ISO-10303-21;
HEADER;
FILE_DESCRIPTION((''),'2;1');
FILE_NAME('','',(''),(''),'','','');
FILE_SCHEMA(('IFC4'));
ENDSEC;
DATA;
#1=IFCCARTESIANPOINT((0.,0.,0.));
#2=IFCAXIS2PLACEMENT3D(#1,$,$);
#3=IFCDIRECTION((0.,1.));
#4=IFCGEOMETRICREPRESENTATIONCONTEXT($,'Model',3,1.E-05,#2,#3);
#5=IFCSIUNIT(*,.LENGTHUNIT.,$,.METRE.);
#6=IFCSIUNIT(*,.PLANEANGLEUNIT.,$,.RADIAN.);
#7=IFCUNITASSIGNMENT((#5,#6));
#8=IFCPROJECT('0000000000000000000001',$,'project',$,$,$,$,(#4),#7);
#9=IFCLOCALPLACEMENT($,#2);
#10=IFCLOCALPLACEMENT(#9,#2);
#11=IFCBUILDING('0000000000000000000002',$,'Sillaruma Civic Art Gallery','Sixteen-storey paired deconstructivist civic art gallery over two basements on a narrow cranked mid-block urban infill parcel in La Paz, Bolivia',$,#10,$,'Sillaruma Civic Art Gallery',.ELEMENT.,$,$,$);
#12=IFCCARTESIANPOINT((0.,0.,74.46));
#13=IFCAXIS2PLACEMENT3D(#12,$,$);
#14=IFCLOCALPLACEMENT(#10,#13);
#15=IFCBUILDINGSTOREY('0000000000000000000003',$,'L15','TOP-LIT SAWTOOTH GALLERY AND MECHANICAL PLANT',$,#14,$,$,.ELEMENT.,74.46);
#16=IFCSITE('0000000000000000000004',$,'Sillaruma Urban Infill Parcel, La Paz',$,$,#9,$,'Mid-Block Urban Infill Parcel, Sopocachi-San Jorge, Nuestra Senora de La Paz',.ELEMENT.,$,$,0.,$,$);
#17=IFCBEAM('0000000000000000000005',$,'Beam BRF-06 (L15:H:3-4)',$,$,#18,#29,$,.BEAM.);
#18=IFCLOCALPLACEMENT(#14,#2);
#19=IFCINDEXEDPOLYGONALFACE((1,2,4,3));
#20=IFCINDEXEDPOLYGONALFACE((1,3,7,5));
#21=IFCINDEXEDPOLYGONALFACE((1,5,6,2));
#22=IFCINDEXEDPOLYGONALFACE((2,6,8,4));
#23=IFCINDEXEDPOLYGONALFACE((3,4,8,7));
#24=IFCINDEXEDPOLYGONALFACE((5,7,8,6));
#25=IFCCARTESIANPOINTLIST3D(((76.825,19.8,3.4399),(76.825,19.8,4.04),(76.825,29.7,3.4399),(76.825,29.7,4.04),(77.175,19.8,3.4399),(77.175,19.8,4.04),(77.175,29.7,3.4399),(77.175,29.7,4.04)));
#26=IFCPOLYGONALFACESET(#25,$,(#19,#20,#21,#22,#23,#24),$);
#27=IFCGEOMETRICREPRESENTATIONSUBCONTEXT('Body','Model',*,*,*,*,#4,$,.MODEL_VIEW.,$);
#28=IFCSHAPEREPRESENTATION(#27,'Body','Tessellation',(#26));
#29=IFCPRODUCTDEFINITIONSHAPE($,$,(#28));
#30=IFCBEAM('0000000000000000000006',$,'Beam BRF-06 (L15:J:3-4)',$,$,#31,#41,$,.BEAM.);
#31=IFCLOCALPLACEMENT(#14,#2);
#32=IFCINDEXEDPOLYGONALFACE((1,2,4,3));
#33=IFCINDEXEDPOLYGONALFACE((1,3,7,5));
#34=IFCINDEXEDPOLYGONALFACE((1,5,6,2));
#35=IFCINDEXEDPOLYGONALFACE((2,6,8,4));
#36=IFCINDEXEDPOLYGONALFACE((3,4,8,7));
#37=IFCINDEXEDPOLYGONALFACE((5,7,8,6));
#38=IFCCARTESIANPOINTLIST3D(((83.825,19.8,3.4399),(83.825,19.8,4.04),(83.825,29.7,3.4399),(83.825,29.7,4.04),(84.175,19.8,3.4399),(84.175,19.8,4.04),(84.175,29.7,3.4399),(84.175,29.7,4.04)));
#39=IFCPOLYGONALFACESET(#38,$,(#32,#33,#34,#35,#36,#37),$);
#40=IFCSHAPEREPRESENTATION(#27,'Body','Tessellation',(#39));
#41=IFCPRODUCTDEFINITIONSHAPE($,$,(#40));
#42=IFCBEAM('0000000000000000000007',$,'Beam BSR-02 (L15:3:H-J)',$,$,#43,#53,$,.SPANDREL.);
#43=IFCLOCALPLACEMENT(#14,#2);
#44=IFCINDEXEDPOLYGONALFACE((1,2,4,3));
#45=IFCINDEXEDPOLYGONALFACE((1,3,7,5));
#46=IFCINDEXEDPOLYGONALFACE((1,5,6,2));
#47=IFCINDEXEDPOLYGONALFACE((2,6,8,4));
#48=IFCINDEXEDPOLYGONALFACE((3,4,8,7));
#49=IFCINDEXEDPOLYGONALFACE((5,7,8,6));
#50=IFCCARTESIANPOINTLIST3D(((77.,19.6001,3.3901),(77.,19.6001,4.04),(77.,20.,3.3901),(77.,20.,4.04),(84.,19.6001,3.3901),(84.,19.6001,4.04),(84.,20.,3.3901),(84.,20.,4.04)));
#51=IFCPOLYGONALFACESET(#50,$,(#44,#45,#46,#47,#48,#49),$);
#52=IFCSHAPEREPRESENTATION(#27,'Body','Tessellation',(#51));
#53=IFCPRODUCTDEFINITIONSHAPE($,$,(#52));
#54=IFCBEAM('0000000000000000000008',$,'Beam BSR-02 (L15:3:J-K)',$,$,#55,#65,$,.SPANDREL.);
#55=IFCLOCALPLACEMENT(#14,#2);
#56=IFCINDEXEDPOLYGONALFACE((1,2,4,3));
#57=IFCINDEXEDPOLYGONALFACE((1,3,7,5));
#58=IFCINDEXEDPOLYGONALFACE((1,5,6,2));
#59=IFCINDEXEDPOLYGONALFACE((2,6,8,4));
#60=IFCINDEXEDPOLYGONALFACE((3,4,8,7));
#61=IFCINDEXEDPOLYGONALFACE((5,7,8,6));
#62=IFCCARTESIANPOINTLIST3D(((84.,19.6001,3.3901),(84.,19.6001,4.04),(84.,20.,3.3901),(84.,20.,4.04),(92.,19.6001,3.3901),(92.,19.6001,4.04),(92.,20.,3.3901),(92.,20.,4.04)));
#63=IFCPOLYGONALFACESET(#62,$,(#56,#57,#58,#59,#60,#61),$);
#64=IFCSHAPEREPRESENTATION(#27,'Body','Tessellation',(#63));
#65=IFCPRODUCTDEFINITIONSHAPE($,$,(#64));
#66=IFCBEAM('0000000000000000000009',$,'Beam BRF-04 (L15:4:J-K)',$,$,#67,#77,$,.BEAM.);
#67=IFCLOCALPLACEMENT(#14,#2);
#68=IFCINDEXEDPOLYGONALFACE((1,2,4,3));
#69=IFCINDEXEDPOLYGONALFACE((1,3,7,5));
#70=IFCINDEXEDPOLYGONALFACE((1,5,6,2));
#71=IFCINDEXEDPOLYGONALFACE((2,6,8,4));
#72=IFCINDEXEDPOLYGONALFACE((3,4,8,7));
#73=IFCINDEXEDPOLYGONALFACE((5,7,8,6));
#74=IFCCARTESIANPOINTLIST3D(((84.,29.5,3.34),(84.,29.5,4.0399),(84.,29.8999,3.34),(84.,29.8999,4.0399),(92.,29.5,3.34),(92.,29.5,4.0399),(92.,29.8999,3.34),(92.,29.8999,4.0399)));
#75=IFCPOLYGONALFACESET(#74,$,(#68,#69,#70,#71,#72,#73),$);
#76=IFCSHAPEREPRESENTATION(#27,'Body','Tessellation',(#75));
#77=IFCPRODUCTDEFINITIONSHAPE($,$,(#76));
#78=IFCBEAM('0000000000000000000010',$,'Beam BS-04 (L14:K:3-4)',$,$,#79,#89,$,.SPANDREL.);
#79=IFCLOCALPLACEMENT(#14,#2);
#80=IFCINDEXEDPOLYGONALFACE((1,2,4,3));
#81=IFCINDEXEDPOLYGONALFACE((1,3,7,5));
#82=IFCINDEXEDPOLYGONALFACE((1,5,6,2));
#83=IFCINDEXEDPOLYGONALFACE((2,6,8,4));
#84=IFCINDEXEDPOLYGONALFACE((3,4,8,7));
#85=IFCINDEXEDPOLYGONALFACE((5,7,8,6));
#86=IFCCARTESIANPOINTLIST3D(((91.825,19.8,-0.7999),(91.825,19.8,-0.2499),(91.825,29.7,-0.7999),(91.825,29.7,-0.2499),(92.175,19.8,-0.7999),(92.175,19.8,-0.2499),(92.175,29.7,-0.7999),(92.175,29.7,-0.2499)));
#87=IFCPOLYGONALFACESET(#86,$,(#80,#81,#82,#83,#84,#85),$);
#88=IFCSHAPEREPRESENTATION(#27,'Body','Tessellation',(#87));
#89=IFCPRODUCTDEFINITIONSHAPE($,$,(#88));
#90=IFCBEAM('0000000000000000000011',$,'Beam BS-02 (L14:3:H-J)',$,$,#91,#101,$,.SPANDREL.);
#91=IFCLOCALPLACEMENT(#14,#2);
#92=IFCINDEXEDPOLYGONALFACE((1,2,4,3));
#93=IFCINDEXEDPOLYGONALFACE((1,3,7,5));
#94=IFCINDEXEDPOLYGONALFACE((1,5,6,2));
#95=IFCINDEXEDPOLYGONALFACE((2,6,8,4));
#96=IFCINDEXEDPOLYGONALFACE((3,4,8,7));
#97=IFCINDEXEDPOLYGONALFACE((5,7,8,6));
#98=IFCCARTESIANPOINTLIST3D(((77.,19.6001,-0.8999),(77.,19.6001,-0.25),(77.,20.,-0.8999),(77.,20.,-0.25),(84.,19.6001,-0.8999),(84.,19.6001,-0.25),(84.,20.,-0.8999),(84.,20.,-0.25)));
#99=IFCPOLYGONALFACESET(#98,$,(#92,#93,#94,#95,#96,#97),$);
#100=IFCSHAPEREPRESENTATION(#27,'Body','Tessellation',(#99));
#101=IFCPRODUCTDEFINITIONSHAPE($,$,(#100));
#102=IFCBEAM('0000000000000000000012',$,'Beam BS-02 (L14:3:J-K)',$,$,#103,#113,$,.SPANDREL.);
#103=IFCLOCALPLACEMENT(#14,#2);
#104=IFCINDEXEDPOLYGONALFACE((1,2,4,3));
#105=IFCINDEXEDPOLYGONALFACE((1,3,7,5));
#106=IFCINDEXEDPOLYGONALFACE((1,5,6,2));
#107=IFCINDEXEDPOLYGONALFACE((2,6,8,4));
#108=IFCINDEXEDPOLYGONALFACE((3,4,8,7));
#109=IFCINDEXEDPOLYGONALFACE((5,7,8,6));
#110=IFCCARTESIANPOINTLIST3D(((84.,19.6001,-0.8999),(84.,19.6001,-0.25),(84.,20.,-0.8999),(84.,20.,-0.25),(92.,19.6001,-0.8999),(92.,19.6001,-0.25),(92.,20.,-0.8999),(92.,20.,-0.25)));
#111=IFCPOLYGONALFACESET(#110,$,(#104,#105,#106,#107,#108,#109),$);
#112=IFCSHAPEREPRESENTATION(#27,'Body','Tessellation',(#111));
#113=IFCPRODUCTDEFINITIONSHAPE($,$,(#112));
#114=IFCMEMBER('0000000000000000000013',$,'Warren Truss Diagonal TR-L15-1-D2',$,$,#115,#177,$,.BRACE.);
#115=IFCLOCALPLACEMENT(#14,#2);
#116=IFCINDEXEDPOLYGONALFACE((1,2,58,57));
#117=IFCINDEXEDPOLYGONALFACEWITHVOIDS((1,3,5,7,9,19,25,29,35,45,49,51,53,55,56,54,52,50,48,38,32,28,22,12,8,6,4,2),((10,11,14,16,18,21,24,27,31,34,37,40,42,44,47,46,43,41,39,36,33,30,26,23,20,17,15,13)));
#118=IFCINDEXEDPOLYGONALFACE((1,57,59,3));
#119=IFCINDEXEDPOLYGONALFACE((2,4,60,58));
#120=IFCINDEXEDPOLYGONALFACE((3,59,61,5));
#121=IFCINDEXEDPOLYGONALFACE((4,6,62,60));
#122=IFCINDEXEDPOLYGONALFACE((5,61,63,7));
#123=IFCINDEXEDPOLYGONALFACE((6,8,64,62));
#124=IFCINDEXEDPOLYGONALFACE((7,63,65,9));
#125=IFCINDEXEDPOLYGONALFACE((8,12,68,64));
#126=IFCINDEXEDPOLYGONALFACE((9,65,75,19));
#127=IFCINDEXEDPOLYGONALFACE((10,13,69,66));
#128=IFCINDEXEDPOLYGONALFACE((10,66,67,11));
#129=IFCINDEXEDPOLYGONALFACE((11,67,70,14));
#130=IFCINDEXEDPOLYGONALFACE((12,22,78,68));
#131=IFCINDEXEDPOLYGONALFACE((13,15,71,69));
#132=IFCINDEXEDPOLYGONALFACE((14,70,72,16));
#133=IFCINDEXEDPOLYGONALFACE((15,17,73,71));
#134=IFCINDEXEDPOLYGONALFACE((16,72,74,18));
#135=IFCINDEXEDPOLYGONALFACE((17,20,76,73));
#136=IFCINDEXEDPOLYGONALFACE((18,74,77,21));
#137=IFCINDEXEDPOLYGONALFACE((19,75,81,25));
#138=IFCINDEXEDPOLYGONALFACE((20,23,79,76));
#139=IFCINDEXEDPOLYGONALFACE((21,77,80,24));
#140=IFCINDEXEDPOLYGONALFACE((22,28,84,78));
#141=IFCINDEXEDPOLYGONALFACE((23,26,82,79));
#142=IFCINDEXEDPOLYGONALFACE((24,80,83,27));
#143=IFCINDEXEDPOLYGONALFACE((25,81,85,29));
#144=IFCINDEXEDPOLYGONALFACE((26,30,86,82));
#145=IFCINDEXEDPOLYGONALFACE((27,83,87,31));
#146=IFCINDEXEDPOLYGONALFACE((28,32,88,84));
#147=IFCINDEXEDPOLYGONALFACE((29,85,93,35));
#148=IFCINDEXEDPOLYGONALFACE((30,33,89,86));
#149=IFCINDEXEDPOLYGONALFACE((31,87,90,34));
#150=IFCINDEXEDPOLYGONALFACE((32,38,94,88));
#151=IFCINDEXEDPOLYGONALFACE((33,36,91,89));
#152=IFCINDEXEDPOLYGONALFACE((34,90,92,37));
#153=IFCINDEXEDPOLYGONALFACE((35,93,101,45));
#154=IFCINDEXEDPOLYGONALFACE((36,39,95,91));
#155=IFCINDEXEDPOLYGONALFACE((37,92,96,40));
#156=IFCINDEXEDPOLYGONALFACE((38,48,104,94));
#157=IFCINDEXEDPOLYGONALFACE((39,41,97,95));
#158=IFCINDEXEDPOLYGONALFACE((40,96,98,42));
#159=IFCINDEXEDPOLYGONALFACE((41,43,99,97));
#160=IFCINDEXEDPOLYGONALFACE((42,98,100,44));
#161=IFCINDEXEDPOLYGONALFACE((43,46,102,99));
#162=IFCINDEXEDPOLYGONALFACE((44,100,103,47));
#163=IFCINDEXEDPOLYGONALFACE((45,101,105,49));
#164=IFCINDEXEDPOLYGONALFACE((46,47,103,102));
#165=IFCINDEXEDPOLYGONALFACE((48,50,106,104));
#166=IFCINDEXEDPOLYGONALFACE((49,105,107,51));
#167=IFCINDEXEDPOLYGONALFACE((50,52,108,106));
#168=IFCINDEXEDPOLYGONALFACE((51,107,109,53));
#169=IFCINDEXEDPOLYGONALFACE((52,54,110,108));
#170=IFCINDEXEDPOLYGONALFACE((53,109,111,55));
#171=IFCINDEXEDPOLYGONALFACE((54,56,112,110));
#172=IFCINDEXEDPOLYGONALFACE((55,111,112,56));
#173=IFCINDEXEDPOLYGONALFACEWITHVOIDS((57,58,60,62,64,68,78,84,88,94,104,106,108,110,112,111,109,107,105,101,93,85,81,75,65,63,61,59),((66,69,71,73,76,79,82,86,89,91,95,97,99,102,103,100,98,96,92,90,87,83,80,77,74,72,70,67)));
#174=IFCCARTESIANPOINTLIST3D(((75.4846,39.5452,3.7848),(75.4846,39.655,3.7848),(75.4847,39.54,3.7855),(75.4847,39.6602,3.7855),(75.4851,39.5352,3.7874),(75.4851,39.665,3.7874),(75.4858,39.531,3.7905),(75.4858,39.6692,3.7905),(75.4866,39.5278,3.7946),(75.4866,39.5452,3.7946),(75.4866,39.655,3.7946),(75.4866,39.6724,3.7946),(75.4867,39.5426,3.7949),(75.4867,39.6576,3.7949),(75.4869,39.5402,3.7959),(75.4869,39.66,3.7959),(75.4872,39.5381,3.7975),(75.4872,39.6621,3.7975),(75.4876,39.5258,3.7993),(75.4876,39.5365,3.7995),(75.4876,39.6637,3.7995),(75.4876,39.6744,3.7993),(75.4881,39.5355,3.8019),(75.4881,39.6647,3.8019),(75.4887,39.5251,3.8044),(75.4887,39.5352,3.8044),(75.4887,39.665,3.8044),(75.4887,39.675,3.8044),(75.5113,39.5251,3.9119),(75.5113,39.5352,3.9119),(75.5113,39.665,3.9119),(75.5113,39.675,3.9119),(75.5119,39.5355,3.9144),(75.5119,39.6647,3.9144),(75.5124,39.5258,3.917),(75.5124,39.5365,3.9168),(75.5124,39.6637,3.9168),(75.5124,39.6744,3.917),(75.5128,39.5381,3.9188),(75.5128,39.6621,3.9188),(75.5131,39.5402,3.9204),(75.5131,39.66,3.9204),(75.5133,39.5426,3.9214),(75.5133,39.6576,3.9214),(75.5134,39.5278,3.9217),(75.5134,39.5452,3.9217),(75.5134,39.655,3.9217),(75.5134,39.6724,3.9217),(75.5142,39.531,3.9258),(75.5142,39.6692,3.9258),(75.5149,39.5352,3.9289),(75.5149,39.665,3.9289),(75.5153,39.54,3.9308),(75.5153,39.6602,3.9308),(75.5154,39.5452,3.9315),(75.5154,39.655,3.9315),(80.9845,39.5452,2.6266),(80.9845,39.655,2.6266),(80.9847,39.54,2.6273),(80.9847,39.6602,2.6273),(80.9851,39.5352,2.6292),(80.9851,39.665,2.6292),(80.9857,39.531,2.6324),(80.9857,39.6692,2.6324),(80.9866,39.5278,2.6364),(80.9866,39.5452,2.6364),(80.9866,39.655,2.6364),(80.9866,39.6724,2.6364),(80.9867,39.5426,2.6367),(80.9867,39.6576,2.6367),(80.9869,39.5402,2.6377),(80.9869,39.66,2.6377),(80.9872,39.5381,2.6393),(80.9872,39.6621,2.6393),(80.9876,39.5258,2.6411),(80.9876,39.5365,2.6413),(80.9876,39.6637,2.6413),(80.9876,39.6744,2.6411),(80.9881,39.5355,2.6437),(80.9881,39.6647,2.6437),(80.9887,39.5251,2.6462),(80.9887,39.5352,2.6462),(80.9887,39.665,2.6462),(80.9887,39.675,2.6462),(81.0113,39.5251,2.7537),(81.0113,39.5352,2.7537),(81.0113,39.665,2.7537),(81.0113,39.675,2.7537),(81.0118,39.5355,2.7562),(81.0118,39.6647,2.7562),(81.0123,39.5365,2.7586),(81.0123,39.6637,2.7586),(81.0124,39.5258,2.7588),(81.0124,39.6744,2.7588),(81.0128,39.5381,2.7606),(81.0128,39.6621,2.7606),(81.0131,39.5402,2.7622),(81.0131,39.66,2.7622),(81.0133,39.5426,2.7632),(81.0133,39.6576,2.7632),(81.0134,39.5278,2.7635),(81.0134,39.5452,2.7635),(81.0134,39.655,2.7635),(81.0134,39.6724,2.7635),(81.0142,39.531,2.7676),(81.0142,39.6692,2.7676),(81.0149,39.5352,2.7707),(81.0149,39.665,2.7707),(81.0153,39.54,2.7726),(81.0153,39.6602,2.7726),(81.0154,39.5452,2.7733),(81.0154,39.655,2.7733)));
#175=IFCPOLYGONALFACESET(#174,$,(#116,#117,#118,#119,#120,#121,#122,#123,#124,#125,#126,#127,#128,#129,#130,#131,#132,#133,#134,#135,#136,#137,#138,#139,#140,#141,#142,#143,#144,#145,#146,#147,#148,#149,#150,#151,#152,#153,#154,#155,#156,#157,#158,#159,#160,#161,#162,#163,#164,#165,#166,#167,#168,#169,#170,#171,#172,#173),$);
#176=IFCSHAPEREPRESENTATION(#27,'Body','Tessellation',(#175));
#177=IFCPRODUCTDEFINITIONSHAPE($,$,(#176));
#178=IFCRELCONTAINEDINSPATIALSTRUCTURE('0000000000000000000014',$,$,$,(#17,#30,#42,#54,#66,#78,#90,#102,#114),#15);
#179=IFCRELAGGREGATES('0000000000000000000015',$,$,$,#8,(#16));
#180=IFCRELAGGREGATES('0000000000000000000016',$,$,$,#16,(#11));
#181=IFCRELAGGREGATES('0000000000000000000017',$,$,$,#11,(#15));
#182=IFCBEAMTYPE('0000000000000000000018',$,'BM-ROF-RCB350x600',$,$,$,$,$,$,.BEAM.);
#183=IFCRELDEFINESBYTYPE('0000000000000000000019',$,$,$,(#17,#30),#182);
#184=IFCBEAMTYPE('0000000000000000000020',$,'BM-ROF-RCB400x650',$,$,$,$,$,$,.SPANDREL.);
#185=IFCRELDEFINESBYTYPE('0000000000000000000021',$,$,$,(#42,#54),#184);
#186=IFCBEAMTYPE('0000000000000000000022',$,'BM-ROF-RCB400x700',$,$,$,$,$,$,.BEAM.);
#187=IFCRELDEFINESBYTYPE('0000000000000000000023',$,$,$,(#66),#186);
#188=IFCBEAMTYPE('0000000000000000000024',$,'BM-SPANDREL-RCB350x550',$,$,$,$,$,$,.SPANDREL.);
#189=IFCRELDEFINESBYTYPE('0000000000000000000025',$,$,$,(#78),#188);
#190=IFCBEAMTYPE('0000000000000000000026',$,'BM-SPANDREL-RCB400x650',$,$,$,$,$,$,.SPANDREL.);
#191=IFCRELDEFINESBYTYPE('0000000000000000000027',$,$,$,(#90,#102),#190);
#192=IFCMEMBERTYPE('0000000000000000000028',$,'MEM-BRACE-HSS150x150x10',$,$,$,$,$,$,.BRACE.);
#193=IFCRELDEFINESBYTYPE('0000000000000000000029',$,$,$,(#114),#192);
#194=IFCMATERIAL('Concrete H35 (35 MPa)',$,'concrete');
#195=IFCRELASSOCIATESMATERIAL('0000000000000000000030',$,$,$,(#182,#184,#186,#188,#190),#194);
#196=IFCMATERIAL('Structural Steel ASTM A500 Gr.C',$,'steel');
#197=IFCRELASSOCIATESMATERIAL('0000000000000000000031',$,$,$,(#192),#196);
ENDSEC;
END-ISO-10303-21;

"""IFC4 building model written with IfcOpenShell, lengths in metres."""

from ifc_helpers import new_model, si_unit, direction, frame, origin, origin_2d, place, context, subcontext, project, spatial, rectangle, hollow_rectangle, extrude, material, material_profile, profile_set, type_object, element, save


model = new_model("IFC4")

# Units and contexts
model_context = context("Model", 3, precision=1e-05, world=origin(), true_north=direction((0.0, 1.0)))
body_context = subcontext(model_context, "Body", "Model", "MODEL_VIEW")
ifc_project = project(units=[si_unit("LENGTHUNIT", "METRE"), si_unit("PLANEANGLEUNIT", "RADIAN")], contexts=[model_context])

# Site, building, storey
site_placement = place(None, origin())
site = spatial("IfcSite", under=ifc_project, at=site_placement, Name="Sillaruma Urban Infill Parcel, La Paz", LongName="Mid-Block Urban Infill Parcel, Sopocachi-San Jorge, Nuestra Senora de La Paz", CompositionType="ELEMENT", RefElevation=0.0)
building_placement = place(site_placement, origin())
building = spatial("IfcBuilding", under=site, at=building_placement, Name="Sillaruma Civic Art Gallery", Description="Sixteen-storey paired deconstructivist civic art gallery over two basements on a narrow cranked mid-block urban infill parcel in La Paz, Bolivia", LongName="Sillaruma Civic Art Gallery", CompositionType="ELEMENT")
storey_placement = place(building_placement, frame((0.0, 0.0, 74.46)))
storey = spatial("IfcBuildingStorey", under=building, at=storey_placement, Name="L15", Description="TOP-LIT SAWTOOTH GALLERY AND MECHANICAL PLANT", CompositionType="ELEMENT", Elevation=74.46)

# Beams
ifc_material_1 = material(Name="Concrete H35 (35 MPa)", Category="concrete")
ifc_material_profile_1 = material_profile(ifc_material_1, rectangle(XDim=0.3501, YDim=0.6001, at=origin_2d()), Name="RCB350x600")
ifc_profile_set_1 = profile_set([ifc_material_profile_1], Name="Concrete H35 (35 MPa)")
beam_type_1 = type_object("IfcBeamType", Name="BM-ROF-RCB350x600", PredefinedType="BEAM", material=ifc_profile_set_1)
for number, where, z_axis, x_axis, name in (
    (1, (77.0, 19.8, 3.74), (0.0, 1.0, 0.0), (-1.0, 0.0, 0.0), "Beam BRF-06 (L15:H:3-4)"),
    (2, (84.0, 19.8, 3.74), (0.0, 1.0, 0.0), (-1.0, 0.0, 0.0), "Beam BRF-06 (L15:J:3-4)"),
):
    element("IfcBeam", number, at=place(storey_placement, frame(where, z_axis=z_axis, x_axis=x_axis)), inside=storey, type_object=beam_type_1, Name=name, PredefinedType="BEAM", context=body_context, shape_type="SweptSolid", body=[
        extrude(rectangle(XDim=0.3501, YDim=0.6001, at=origin_2d()), origin(), (0.0, 0.0, 1.0), 9.8999),
    ])
ifc_material_profile_2 = material_profile(ifc_material_1, rectangle(XDim=0.3999, YDim=0.6499, at=origin_2d()), Name="RCB400x650")
ifc_profile_set_2 = profile_set([ifc_material_profile_2], Name="Concrete H35 (35 MPa)")
beam_type_2 = type_object("IfcBeamType", Name="BM-ROF-RCB400x650", PredefinedType="SPANDREL", material=ifc_profile_set_2)
beam_1_placement = place(storey_placement, frame((77.0, 19.8, 3.7151), z_axis=(1.0, 0.0, 0.0), x_axis=(0.0, 1.0, 0.0)))
element("IfcBeam", 3, at=beam_1_placement, inside=storey, type_object=beam_type_2, Name="Beam BSR-02 (L15:3:H-J)", PredefinedType="SPANDREL", context=body_context, shape_type="SweptSolid", body=[
    extrude(rectangle(XDim=0.3999, YDim=0.6499, at=origin_2d()), origin(), (0.0, 0.0, 1.0), 7.0),
])
beam_2_placement = place(storey_placement, frame((84.0, 19.8, 3.7151), z_axis=(1.0, 0.0, 0.0), x_axis=(0.0, 1.0, 0.0)))
element("IfcBeam", 4, at=beam_2_placement, inside=storey, type_object=beam_type_2, Name="Beam BSR-02 (L15:3:J-K)", PredefinedType="SPANDREL", context=body_context, shape_type="SweptSolid", body=[
    extrude(rectangle(XDim=0.3999, YDim=0.6499, at=origin_2d()), origin(), (0.0, 0.0, 1.0), 8.0),
])
ifc_material_profile_3 = material_profile(ifc_material_1, rectangle(XDim=0.3999, YDim=0.7, at=origin_2d()), Name="RCB400x700")
ifc_profile_set_3 = profile_set([ifc_material_profile_3], Name="Concrete H35 (35 MPa)")
beam_type_3 = type_object("IfcBeamType", Name="BM-ROF-RCB400x700", PredefinedType="BEAM", material=ifc_profile_set_3)
beam_3_placement = place(storey_placement, frame((84.0, 29.7, 3.6899), z_axis=(1.0, 0.0, 0.0), x_axis=(0.0, 1.0, 0.0)))
element("IfcBeam", 5, at=beam_3_placement, inside=storey, type_object=beam_type_3, Name="Beam BRF-04 (L15:4:J-K)", PredefinedType="BEAM", context=body_context, shape_type="SweptSolid", body=[
    extrude(rectangle(XDim=0.3999, YDim=0.7, at=origin_2d()), origin(), (0.0, 0.0, 1.0), 8.0),
])
ifc_material_profile_4 = material_profile(ifc_material_1, rectangle(XDim=0.3501, YDim=0.55, at=origin_2d()), Name="RCB350x550")
ifc_profile_set_4 = profile_set([ifc_material_profile_4], Name="Concrete H35 (35 MPa)")
beam_type_4 = type_object("IfcBeamType", Name="BM-SPANDREL-RCB350x550", PredefinedType="SPANDREL", material=ifc_profile_set_4)
beam_4_placement = place(storey_placement, frame((92.0, 19.8, -0.5249), z_axis=(0.0, 1.0, 0.0), x_axis=(-1.0, 0.0, 0.0)))
element("IfcBeam", 6, at=beam_4_placement, inside=storey, type_object=beam_type_4, Name="Beam BS-04 (L14:K:3-4)", PredefinedType="SPANDREL", context=body_context, shape_type="SweptSolid", body=[
    extrude(rectangle(XDim=0.3501, YDim=0.55, at=origin_2d()), origin(), (0.0, 0.0, 1.0), 9.8999),
])
ifc_material_profile_5 = material_profile(ifc_material_1, rectangle(XDim=0.3999, YDim=0.6499, at=origin_2d()), Name="RCB400x650")
ifc_profile_set_5 = profile_set([ifc_material_profile_5], Name="Concrete H35 (35 MPa)")
beam_type_5 = type_object("IfcBeamType", Name="BM-SPANDREL-RCB400x650", PredefinedType="SPANDREL", material=ifc_profile_set_5)
beam_5_placement = place(storey_placement, frame((77.0, 19.8, -0.575), z_axis=(1.0, 0.0, 0.0), x_axis=(0.0, 1.0, 0.0)))
element("IfcBeam", 7, at=beam_5_placement, inside=storey, type_object=beam_type_5, Name="Beam BS-02 (L14:3:H-J)", PredefinedType="SPANDREL", context=body_context, shape_type="SweptSolid", body=[
    extrude(rectangle(XDim=0.3999, YDim=0.6499, at=origin_2d()), origin(), (0.0, 0.0, 1.0), 7.0),
])
beam_6_placement = place(storey_placement, frame((84.0, 19.8, -0.575), z_axis=(1.0, 0.0, 0.0), x_axis=(0.0, 1.0, 0.0)))
element("IfcBeam", 8, at=beam_6_placement, inside=storey, type_object=beam_type_5, Name="Beam BS-02 (L14:3:J-K)", PredefinedType="SPANDREL", context=body_context, shape_type="SweptSolid", body=[
    extrude(rectangle(XDim=0.3999, YDim=0.6499, at=origin_2d()), origin(), (0.0, 0.0, 1.0), 8.0),
])

# Member
ifc_material_2 = material(Name="Structural Steel ASTM A500 Gr.C", Category="steel")
ifc_material_profile_6 = material_profile(ifc_material_2, hollow_rectangle(XDim=0.1499, YDim=0.1499, WallThickness=0.01, InnerFilletRadius=0.01, OuterFilletRadius=0.02, at=origin_2d()), Name="HSS150x150x10")
ifc_profile_set_6 = profile_set([ifc_material_profile_6], Name="Structural Steel ASTM A500 Gr.C")
member_type_1 = type_object("IfcMemberType", Name="MEM-BRACE-HSS150x150x10", PredefinedType="BRACE", material=ifc_profile_set_6)
for number, where, z_axis, x_axis, name in (
    (9, (75.5, 39.6001, 3.8582), (0.978539, 0.0, -0.206063), (0.0, 1.0, 0.0), "Warren Truss Diagonal TR-L15-1-D2"),
):
    element("IfcMember", number, at=place(storey_placement, frame(where, z_axis=z_axis, x_axis=x_axis)), inside=storey, type_object=member_type_1, Name=name, PredefinedType="BRACE", context=body_context, shape_type="SweptSolid", body=[
        extrude(hollow_rectangle(XDim=0.1499, YDim=0.1499, WallThickness=0.01, InnerFilletRadius=0.01, OuterFilletRadius=0.02, at=origin_2d()), origin(), (0.0, 0.0, 1.0), 5.6206),
    ])

save(model, "model.ifc")
